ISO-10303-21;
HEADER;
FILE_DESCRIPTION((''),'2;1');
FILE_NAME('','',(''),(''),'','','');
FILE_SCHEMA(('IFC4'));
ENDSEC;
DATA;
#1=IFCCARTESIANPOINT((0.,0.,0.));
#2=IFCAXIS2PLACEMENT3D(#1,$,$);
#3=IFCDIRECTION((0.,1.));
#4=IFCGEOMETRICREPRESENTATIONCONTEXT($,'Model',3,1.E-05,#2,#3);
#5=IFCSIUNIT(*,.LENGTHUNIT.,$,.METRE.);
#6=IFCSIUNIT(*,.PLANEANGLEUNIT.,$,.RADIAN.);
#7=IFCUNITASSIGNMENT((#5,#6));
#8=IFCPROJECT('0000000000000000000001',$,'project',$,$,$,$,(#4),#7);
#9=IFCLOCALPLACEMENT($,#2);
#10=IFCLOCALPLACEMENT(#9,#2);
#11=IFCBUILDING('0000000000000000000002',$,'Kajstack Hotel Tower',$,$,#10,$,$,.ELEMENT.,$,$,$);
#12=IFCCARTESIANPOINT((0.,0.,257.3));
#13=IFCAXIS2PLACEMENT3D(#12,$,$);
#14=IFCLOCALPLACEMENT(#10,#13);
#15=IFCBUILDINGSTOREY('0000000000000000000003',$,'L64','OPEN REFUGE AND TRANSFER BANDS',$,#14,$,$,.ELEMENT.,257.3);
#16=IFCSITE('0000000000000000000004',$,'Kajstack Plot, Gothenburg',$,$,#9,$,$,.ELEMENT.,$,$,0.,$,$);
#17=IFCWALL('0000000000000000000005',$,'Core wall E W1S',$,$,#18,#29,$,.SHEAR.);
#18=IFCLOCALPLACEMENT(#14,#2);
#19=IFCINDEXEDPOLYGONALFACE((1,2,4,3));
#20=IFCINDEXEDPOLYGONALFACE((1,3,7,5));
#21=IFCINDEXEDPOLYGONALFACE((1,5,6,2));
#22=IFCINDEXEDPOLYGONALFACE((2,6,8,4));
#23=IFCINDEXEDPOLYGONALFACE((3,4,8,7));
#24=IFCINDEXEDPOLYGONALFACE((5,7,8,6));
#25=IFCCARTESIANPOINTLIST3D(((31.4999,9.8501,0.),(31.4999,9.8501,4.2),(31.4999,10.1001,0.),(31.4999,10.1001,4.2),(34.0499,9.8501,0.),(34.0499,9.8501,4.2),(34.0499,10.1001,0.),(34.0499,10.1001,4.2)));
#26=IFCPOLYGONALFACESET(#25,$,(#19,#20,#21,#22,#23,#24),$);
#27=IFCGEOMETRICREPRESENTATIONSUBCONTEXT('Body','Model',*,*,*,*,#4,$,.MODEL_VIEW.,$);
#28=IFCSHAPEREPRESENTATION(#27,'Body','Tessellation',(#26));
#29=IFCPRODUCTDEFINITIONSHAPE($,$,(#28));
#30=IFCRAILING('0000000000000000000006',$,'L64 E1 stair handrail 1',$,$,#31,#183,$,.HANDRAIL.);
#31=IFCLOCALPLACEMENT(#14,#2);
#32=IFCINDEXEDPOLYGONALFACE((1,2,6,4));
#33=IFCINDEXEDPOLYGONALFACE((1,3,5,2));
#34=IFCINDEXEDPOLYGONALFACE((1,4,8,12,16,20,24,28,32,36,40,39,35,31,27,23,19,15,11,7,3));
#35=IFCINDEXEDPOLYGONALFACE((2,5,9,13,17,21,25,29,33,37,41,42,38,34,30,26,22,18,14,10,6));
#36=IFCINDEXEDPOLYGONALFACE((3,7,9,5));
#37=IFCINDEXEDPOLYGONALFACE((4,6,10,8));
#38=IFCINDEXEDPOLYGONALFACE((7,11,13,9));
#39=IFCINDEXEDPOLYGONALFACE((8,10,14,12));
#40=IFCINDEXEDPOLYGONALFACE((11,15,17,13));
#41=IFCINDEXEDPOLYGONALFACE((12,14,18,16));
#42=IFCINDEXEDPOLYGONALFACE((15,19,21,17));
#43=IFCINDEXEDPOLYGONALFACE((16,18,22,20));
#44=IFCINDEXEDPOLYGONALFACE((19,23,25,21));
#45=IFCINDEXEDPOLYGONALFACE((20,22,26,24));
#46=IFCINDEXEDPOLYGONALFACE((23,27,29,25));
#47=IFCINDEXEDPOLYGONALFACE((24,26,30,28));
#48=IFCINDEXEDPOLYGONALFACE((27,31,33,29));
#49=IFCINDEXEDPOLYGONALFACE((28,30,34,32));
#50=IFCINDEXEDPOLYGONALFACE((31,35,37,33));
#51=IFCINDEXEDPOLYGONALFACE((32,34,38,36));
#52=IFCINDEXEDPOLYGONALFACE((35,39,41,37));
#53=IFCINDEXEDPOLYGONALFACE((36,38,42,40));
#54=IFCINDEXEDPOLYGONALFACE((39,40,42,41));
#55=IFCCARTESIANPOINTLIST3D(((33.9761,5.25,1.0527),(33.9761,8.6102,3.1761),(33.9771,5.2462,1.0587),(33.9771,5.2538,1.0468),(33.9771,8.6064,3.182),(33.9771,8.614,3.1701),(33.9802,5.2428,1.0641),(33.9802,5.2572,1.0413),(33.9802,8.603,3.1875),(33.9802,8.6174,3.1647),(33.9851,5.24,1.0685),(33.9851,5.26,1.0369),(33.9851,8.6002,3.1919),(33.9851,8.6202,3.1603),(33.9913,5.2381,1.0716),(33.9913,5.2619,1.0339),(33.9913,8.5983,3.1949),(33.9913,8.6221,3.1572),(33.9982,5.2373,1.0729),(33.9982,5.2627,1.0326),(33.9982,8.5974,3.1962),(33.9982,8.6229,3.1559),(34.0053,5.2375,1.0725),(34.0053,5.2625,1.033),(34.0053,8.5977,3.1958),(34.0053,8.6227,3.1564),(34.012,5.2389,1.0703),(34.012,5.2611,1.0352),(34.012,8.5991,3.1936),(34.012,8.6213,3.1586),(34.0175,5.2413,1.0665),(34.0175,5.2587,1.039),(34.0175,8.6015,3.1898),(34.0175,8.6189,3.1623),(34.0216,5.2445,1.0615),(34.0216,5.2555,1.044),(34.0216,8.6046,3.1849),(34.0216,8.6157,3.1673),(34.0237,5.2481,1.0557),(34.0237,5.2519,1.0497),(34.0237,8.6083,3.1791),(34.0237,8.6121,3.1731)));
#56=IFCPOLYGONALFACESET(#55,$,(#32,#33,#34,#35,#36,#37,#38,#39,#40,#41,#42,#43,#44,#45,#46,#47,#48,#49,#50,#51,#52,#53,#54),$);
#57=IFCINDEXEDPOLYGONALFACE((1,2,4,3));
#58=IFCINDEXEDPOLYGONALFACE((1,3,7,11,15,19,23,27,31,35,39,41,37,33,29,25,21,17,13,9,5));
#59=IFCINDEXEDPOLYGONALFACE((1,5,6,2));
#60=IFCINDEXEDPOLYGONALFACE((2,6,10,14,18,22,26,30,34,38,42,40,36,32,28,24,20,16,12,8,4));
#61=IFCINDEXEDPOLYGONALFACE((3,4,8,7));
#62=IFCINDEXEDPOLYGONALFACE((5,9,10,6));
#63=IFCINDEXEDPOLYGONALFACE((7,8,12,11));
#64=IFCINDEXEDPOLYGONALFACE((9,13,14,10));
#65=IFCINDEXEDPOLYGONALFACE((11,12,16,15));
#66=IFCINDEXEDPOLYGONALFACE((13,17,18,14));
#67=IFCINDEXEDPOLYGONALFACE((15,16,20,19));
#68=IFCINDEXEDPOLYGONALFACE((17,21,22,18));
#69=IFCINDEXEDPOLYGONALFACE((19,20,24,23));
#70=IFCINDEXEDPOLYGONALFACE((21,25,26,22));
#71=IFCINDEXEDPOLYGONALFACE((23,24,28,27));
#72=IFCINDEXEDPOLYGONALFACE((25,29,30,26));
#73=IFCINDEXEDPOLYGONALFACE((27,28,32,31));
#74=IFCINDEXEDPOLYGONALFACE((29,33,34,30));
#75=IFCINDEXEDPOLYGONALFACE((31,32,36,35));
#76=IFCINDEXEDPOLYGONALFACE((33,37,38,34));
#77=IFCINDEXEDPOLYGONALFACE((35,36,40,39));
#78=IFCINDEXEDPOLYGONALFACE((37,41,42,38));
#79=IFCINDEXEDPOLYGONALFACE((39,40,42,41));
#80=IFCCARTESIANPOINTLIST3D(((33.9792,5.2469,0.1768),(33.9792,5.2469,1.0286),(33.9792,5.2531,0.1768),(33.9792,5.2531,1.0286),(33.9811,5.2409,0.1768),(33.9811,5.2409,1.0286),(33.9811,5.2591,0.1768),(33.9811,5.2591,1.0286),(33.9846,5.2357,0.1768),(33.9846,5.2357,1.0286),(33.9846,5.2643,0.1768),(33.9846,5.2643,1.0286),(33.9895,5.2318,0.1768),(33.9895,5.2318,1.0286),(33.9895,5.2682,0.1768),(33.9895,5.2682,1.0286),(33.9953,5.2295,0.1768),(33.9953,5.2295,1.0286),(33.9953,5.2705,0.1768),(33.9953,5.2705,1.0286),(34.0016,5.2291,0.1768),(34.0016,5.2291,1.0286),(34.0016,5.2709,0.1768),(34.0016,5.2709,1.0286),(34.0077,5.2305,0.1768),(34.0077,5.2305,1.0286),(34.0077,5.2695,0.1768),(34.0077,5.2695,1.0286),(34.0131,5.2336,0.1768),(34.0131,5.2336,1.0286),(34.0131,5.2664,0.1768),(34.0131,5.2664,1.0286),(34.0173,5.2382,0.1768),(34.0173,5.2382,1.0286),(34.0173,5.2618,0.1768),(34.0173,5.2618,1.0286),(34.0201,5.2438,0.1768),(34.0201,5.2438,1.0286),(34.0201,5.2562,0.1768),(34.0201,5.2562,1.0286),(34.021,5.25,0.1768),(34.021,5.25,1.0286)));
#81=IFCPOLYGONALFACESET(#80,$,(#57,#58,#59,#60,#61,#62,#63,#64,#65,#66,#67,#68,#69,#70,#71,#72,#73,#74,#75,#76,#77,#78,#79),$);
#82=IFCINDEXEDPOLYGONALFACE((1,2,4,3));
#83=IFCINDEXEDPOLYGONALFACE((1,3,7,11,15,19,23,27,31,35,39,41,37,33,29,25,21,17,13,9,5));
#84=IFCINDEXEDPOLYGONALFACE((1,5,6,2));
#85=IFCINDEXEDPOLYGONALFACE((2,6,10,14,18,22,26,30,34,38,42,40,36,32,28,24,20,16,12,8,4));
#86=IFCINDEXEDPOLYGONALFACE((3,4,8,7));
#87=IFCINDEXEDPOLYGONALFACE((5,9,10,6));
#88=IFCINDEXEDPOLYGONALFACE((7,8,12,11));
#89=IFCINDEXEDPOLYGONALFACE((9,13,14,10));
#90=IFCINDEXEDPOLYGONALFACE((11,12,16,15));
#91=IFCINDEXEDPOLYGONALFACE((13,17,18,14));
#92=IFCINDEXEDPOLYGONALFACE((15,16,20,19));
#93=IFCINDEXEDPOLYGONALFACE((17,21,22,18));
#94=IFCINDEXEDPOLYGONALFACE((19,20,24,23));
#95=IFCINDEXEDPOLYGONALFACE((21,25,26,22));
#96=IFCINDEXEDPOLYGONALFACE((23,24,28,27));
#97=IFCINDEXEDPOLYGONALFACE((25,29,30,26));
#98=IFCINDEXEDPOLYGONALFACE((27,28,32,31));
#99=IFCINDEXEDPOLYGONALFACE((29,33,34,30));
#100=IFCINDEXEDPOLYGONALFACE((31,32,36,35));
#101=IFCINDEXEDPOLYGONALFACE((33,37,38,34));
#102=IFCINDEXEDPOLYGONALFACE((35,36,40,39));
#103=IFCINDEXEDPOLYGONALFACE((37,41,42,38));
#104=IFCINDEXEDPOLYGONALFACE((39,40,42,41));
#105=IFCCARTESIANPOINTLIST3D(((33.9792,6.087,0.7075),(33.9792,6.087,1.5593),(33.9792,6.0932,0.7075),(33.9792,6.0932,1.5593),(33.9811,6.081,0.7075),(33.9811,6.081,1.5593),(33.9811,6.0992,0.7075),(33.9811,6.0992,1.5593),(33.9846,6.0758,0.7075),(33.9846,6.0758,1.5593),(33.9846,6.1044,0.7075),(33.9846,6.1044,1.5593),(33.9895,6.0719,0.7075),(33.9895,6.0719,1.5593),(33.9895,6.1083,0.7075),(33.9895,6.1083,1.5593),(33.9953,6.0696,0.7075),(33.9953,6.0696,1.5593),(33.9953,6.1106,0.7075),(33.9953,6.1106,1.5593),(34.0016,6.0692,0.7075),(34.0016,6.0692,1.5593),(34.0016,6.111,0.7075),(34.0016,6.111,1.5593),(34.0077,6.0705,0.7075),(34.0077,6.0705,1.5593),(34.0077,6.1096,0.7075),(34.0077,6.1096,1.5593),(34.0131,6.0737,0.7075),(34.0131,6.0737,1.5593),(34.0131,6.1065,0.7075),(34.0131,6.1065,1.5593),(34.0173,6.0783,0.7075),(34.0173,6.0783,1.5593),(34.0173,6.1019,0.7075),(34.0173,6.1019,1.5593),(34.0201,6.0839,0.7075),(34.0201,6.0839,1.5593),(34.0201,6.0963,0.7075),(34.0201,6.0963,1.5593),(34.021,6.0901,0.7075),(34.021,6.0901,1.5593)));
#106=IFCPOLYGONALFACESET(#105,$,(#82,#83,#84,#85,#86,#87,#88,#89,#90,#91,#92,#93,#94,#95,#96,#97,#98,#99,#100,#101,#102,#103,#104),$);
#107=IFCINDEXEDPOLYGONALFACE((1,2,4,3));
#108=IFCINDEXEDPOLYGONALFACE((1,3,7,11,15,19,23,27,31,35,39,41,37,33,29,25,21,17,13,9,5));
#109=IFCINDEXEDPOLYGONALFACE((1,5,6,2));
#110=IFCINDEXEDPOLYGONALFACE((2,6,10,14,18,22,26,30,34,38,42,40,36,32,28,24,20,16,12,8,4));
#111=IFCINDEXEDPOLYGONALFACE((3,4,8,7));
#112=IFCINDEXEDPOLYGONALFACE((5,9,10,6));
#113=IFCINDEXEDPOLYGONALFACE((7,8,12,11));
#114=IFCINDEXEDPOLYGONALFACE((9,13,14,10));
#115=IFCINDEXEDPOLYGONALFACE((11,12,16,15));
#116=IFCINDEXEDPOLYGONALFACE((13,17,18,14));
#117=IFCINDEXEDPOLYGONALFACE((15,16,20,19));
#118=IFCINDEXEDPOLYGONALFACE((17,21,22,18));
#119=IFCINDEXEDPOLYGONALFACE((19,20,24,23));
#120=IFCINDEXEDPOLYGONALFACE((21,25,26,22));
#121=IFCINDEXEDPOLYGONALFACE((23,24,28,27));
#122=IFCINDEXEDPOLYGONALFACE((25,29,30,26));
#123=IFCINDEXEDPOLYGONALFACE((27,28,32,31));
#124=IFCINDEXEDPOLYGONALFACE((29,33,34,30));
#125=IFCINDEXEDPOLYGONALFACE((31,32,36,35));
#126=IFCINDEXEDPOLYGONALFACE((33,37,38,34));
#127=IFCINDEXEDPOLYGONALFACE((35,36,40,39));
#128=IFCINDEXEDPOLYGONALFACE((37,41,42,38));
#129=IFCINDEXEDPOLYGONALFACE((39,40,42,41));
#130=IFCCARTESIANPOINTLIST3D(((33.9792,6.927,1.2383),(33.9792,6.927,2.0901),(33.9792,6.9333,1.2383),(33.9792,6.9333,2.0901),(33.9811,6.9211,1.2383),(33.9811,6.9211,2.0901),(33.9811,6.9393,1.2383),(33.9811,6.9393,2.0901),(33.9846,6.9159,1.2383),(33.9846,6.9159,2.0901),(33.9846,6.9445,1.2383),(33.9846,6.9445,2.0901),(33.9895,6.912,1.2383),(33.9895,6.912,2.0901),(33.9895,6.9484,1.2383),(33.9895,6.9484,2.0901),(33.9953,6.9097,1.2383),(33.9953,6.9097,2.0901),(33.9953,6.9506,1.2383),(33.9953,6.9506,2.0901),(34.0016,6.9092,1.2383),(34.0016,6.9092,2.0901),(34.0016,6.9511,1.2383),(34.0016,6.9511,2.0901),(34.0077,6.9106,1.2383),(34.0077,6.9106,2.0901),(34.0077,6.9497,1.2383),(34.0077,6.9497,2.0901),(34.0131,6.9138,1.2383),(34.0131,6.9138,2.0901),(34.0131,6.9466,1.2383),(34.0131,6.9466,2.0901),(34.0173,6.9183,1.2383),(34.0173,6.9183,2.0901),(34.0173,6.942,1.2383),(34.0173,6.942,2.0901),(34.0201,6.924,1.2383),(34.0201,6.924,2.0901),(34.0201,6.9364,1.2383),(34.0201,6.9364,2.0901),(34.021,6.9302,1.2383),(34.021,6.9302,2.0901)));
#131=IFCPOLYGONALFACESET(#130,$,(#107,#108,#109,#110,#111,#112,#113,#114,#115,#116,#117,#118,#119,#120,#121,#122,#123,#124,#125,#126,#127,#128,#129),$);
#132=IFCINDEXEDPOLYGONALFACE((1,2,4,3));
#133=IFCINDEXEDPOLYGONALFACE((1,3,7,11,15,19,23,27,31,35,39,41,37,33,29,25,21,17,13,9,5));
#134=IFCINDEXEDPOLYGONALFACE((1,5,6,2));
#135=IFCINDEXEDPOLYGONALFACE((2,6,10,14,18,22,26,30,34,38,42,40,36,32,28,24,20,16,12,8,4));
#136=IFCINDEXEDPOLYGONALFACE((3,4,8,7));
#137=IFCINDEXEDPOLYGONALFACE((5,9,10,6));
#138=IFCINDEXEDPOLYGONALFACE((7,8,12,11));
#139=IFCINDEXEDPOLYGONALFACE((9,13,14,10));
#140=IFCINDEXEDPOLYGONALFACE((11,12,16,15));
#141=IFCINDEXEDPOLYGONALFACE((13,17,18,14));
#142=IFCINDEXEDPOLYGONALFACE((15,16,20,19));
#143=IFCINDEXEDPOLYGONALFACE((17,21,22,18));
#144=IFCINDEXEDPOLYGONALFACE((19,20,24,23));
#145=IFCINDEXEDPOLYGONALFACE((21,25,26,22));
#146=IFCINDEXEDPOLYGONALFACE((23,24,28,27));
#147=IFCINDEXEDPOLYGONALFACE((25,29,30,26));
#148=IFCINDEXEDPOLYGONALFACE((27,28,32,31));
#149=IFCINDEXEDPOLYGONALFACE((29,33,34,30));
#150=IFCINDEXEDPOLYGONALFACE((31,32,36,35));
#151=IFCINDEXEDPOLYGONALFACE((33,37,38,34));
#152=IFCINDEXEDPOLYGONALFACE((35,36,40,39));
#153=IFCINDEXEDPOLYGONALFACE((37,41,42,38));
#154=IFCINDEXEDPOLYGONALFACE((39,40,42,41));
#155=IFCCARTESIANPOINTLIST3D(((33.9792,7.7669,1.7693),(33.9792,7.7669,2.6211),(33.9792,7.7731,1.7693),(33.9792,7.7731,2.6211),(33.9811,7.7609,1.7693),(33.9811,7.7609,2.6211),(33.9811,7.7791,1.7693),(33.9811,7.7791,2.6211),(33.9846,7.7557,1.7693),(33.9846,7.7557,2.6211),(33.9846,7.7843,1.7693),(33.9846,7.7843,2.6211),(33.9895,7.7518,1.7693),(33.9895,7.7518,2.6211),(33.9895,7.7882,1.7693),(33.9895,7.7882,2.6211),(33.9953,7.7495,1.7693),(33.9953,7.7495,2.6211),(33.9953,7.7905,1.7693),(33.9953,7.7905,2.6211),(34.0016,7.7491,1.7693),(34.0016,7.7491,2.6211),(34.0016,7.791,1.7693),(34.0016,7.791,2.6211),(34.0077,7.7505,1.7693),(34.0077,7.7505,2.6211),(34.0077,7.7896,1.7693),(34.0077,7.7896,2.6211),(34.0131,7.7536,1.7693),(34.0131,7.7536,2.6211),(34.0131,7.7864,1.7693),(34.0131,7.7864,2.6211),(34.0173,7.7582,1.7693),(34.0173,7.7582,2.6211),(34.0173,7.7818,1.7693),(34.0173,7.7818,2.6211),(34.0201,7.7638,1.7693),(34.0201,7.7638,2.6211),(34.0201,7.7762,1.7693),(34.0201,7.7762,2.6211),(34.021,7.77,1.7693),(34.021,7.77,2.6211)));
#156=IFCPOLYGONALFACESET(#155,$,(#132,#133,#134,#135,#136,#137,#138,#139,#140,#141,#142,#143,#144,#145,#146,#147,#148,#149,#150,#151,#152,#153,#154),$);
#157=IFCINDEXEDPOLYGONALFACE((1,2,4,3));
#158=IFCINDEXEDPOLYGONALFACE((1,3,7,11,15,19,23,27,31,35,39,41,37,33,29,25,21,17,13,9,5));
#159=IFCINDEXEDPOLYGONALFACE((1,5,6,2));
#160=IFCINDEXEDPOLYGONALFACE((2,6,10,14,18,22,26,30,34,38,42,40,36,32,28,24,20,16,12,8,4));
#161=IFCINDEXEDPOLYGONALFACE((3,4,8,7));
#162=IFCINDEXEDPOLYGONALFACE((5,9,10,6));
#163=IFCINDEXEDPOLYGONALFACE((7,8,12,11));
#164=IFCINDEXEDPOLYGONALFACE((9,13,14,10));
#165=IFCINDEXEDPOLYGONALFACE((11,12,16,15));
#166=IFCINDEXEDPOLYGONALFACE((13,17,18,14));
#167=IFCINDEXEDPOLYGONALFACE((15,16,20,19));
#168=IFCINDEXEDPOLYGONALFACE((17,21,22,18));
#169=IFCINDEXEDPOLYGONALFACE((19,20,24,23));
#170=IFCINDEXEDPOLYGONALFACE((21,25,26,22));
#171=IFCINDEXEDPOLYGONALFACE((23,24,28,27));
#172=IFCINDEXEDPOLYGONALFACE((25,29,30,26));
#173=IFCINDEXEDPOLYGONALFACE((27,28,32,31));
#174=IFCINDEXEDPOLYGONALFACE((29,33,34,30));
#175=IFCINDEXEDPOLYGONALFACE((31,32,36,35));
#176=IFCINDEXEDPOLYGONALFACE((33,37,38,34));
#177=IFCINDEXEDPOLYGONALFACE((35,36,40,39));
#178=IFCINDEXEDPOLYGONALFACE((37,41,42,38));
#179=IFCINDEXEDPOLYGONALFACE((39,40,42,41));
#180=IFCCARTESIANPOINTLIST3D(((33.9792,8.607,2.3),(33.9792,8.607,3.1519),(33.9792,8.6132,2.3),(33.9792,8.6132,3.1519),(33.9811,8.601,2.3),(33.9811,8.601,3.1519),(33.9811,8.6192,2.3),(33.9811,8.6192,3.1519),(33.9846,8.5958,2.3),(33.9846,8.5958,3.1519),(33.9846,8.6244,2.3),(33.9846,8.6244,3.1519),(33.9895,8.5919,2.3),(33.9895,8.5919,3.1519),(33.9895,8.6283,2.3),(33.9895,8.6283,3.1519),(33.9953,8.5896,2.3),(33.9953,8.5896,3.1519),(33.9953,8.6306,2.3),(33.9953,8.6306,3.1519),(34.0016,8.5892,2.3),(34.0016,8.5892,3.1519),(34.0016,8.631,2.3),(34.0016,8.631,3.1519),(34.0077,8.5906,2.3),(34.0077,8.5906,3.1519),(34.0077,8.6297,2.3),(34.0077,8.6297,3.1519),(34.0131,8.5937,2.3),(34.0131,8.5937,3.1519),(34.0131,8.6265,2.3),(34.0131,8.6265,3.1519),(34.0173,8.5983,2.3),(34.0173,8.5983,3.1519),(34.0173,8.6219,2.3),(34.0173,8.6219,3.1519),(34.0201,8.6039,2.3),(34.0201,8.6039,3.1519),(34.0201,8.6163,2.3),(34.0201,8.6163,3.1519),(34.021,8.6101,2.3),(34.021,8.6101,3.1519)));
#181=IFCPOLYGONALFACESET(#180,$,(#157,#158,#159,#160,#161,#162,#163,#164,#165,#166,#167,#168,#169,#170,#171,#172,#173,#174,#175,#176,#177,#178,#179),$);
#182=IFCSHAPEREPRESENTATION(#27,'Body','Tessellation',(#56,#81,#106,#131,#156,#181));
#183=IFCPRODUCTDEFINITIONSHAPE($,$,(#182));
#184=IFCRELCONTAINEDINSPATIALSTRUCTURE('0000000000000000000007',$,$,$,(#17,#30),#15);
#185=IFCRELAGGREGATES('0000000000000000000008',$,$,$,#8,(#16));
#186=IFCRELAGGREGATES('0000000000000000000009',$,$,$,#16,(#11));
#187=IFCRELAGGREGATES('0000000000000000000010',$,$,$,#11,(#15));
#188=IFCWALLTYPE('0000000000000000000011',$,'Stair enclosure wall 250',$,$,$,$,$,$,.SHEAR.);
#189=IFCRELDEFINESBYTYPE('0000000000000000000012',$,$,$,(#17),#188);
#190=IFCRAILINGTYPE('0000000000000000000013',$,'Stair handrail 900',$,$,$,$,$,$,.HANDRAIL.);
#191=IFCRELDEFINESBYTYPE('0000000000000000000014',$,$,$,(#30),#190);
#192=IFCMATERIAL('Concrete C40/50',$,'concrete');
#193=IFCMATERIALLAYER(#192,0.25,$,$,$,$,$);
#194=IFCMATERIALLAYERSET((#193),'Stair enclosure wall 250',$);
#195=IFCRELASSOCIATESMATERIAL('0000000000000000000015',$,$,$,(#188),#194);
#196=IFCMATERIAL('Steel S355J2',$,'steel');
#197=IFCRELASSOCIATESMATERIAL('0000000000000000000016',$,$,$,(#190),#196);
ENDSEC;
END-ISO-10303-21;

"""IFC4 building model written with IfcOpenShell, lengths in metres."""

from ifc_helpers import new_model, si_unit, direction, frame, frame_2d, origin, origin_2d, place, context, subcontext, project, spatial, rectangle, circle, extrude, material, layer, layer_set, type_object, element, save


model = new_model("IFC4")

# Units and contexts
model_context = context("Model", 3, precision=1e-05, world=origin(), true_north=direction((0.0, 1.0)))
body_context = subcontext(model_context, "Body", "Model", "MODEL_VIEW")
ifc_project = project(units=[si_unit("LENGTHUNIT", "METRE"), si_unit("PLANEANGLEUNIT", "RADIAN")], contexts=[model_context])

# Site, building, storey
site_placement = place(None, origin())
site = spatial("IfcSite", under=ifc_project, at=site_placement, Name="Kajstack Plot, Gothenburg", CompositionType="ELEMENT", RefElevation=0.0)
building_placement = place(site_placement, origin())
building = spatial("IfcBuilding", under=site, at=building_placement, Name="Kajstack Hotel Tower", CompositionType="ELEMENT")
storey_placement = place(building_placement, frame((0.0, 0.0, 257.3)))
storey = spatial("IfcBuildingStorey", under=building, at=storey_placement, Name="L64", Description="OPEN REFUGE AND TRANSFER BANDS", CompositionType="ELEMENT", Elevation=257.3)

# Wall
ifc_material_1 = material(Name="Concrete C40/50", Category="concrete")
ifc_layer = layer(ifc_material_1, 0.25)
ifc_layer_set = layer_set([ifc_layer], Name="Stair enclosure wall 250")
wall_type = type_object("IfcWallType", Name="Stair enclosure wall 250", PredefinedType="SHEAR", material=ifc_layer_set)
wall_placement = place(storey_placement, frame((31.5, 9.9751, 0.0), z_axis=(0.0, 0.0, 1.0), x_axis=(1.0, 0.0, 0.0)))
element("IfcWall", 1, at=wall_placement, inside=storey, type_object=wall_type, Name="Core wall E W1S", PredefinedType="SHEAR", context=body_context, shape_type="SweptSolid", body=[
    extrude(rectangle(XDim=2.55, YDim=0.25, at=frame_2d((1.2749, 0.0))), origin(), (0.0, 0.0, 1.0), 4.2),
])

# Railing
ifc_material_2 = material(Name="Steel S355J2", Category="steel")
railing_type_1 = type_object("IfcRailingType", Name="Stair handrail 900", PredefinedType="HANDRAIL", material=ifc_material_2)
railing_1_placement = place(storey_placement, frame((34.0, 5.25, 0.1768)))
element("IfcRailing", 2, at=railing_1_placement, inside=storey, type_object=railing_type_1, Name="L64 E1 stair handrail 1", PredefinedType="HANDRAIL", context=body_context, shape_type="SweptSolid", body=[
    extrude(circle(Radius=0.0239, at=origin_2d()), frame((0.0, 0.0, 0.876), z_axis=(0.0, 0.845362, 0.534194), x_axis=(-1.0, 0.0, 0.0)), (0.0, 0.0, 1.0), 3.9749),
    extrude(circle(Radius=0.021, at=origin_2d()), origin(), (0.0, 0.0, 1.0), 0.8518),
    extrude(circle(Radius=0.021, at=origin_2d()), frame((0.0, 0.8401, 0.5308)), (0.0, 0.0, 1.0), 0.8518),
    extrude(circle(Radius=0.021, at=origin_2d()), frame((0.0, 1.6802, 1.0615)), (0.0, 0.0, 1.0), 0.8518),
    extrude(circle(Radius=0.021, at=origin_2d()), frame((0.0, 2.52, 1.5925)), (0.0, 0.0, 1.0), 0.8518),
    extrude(circle(Radius=0.021, at=origin_2d()), frame((0.0, 3.3601, 2.1233)), (0.0, 0.0, 1.0), 0.8518),
])

save(model, "model.ifc")
